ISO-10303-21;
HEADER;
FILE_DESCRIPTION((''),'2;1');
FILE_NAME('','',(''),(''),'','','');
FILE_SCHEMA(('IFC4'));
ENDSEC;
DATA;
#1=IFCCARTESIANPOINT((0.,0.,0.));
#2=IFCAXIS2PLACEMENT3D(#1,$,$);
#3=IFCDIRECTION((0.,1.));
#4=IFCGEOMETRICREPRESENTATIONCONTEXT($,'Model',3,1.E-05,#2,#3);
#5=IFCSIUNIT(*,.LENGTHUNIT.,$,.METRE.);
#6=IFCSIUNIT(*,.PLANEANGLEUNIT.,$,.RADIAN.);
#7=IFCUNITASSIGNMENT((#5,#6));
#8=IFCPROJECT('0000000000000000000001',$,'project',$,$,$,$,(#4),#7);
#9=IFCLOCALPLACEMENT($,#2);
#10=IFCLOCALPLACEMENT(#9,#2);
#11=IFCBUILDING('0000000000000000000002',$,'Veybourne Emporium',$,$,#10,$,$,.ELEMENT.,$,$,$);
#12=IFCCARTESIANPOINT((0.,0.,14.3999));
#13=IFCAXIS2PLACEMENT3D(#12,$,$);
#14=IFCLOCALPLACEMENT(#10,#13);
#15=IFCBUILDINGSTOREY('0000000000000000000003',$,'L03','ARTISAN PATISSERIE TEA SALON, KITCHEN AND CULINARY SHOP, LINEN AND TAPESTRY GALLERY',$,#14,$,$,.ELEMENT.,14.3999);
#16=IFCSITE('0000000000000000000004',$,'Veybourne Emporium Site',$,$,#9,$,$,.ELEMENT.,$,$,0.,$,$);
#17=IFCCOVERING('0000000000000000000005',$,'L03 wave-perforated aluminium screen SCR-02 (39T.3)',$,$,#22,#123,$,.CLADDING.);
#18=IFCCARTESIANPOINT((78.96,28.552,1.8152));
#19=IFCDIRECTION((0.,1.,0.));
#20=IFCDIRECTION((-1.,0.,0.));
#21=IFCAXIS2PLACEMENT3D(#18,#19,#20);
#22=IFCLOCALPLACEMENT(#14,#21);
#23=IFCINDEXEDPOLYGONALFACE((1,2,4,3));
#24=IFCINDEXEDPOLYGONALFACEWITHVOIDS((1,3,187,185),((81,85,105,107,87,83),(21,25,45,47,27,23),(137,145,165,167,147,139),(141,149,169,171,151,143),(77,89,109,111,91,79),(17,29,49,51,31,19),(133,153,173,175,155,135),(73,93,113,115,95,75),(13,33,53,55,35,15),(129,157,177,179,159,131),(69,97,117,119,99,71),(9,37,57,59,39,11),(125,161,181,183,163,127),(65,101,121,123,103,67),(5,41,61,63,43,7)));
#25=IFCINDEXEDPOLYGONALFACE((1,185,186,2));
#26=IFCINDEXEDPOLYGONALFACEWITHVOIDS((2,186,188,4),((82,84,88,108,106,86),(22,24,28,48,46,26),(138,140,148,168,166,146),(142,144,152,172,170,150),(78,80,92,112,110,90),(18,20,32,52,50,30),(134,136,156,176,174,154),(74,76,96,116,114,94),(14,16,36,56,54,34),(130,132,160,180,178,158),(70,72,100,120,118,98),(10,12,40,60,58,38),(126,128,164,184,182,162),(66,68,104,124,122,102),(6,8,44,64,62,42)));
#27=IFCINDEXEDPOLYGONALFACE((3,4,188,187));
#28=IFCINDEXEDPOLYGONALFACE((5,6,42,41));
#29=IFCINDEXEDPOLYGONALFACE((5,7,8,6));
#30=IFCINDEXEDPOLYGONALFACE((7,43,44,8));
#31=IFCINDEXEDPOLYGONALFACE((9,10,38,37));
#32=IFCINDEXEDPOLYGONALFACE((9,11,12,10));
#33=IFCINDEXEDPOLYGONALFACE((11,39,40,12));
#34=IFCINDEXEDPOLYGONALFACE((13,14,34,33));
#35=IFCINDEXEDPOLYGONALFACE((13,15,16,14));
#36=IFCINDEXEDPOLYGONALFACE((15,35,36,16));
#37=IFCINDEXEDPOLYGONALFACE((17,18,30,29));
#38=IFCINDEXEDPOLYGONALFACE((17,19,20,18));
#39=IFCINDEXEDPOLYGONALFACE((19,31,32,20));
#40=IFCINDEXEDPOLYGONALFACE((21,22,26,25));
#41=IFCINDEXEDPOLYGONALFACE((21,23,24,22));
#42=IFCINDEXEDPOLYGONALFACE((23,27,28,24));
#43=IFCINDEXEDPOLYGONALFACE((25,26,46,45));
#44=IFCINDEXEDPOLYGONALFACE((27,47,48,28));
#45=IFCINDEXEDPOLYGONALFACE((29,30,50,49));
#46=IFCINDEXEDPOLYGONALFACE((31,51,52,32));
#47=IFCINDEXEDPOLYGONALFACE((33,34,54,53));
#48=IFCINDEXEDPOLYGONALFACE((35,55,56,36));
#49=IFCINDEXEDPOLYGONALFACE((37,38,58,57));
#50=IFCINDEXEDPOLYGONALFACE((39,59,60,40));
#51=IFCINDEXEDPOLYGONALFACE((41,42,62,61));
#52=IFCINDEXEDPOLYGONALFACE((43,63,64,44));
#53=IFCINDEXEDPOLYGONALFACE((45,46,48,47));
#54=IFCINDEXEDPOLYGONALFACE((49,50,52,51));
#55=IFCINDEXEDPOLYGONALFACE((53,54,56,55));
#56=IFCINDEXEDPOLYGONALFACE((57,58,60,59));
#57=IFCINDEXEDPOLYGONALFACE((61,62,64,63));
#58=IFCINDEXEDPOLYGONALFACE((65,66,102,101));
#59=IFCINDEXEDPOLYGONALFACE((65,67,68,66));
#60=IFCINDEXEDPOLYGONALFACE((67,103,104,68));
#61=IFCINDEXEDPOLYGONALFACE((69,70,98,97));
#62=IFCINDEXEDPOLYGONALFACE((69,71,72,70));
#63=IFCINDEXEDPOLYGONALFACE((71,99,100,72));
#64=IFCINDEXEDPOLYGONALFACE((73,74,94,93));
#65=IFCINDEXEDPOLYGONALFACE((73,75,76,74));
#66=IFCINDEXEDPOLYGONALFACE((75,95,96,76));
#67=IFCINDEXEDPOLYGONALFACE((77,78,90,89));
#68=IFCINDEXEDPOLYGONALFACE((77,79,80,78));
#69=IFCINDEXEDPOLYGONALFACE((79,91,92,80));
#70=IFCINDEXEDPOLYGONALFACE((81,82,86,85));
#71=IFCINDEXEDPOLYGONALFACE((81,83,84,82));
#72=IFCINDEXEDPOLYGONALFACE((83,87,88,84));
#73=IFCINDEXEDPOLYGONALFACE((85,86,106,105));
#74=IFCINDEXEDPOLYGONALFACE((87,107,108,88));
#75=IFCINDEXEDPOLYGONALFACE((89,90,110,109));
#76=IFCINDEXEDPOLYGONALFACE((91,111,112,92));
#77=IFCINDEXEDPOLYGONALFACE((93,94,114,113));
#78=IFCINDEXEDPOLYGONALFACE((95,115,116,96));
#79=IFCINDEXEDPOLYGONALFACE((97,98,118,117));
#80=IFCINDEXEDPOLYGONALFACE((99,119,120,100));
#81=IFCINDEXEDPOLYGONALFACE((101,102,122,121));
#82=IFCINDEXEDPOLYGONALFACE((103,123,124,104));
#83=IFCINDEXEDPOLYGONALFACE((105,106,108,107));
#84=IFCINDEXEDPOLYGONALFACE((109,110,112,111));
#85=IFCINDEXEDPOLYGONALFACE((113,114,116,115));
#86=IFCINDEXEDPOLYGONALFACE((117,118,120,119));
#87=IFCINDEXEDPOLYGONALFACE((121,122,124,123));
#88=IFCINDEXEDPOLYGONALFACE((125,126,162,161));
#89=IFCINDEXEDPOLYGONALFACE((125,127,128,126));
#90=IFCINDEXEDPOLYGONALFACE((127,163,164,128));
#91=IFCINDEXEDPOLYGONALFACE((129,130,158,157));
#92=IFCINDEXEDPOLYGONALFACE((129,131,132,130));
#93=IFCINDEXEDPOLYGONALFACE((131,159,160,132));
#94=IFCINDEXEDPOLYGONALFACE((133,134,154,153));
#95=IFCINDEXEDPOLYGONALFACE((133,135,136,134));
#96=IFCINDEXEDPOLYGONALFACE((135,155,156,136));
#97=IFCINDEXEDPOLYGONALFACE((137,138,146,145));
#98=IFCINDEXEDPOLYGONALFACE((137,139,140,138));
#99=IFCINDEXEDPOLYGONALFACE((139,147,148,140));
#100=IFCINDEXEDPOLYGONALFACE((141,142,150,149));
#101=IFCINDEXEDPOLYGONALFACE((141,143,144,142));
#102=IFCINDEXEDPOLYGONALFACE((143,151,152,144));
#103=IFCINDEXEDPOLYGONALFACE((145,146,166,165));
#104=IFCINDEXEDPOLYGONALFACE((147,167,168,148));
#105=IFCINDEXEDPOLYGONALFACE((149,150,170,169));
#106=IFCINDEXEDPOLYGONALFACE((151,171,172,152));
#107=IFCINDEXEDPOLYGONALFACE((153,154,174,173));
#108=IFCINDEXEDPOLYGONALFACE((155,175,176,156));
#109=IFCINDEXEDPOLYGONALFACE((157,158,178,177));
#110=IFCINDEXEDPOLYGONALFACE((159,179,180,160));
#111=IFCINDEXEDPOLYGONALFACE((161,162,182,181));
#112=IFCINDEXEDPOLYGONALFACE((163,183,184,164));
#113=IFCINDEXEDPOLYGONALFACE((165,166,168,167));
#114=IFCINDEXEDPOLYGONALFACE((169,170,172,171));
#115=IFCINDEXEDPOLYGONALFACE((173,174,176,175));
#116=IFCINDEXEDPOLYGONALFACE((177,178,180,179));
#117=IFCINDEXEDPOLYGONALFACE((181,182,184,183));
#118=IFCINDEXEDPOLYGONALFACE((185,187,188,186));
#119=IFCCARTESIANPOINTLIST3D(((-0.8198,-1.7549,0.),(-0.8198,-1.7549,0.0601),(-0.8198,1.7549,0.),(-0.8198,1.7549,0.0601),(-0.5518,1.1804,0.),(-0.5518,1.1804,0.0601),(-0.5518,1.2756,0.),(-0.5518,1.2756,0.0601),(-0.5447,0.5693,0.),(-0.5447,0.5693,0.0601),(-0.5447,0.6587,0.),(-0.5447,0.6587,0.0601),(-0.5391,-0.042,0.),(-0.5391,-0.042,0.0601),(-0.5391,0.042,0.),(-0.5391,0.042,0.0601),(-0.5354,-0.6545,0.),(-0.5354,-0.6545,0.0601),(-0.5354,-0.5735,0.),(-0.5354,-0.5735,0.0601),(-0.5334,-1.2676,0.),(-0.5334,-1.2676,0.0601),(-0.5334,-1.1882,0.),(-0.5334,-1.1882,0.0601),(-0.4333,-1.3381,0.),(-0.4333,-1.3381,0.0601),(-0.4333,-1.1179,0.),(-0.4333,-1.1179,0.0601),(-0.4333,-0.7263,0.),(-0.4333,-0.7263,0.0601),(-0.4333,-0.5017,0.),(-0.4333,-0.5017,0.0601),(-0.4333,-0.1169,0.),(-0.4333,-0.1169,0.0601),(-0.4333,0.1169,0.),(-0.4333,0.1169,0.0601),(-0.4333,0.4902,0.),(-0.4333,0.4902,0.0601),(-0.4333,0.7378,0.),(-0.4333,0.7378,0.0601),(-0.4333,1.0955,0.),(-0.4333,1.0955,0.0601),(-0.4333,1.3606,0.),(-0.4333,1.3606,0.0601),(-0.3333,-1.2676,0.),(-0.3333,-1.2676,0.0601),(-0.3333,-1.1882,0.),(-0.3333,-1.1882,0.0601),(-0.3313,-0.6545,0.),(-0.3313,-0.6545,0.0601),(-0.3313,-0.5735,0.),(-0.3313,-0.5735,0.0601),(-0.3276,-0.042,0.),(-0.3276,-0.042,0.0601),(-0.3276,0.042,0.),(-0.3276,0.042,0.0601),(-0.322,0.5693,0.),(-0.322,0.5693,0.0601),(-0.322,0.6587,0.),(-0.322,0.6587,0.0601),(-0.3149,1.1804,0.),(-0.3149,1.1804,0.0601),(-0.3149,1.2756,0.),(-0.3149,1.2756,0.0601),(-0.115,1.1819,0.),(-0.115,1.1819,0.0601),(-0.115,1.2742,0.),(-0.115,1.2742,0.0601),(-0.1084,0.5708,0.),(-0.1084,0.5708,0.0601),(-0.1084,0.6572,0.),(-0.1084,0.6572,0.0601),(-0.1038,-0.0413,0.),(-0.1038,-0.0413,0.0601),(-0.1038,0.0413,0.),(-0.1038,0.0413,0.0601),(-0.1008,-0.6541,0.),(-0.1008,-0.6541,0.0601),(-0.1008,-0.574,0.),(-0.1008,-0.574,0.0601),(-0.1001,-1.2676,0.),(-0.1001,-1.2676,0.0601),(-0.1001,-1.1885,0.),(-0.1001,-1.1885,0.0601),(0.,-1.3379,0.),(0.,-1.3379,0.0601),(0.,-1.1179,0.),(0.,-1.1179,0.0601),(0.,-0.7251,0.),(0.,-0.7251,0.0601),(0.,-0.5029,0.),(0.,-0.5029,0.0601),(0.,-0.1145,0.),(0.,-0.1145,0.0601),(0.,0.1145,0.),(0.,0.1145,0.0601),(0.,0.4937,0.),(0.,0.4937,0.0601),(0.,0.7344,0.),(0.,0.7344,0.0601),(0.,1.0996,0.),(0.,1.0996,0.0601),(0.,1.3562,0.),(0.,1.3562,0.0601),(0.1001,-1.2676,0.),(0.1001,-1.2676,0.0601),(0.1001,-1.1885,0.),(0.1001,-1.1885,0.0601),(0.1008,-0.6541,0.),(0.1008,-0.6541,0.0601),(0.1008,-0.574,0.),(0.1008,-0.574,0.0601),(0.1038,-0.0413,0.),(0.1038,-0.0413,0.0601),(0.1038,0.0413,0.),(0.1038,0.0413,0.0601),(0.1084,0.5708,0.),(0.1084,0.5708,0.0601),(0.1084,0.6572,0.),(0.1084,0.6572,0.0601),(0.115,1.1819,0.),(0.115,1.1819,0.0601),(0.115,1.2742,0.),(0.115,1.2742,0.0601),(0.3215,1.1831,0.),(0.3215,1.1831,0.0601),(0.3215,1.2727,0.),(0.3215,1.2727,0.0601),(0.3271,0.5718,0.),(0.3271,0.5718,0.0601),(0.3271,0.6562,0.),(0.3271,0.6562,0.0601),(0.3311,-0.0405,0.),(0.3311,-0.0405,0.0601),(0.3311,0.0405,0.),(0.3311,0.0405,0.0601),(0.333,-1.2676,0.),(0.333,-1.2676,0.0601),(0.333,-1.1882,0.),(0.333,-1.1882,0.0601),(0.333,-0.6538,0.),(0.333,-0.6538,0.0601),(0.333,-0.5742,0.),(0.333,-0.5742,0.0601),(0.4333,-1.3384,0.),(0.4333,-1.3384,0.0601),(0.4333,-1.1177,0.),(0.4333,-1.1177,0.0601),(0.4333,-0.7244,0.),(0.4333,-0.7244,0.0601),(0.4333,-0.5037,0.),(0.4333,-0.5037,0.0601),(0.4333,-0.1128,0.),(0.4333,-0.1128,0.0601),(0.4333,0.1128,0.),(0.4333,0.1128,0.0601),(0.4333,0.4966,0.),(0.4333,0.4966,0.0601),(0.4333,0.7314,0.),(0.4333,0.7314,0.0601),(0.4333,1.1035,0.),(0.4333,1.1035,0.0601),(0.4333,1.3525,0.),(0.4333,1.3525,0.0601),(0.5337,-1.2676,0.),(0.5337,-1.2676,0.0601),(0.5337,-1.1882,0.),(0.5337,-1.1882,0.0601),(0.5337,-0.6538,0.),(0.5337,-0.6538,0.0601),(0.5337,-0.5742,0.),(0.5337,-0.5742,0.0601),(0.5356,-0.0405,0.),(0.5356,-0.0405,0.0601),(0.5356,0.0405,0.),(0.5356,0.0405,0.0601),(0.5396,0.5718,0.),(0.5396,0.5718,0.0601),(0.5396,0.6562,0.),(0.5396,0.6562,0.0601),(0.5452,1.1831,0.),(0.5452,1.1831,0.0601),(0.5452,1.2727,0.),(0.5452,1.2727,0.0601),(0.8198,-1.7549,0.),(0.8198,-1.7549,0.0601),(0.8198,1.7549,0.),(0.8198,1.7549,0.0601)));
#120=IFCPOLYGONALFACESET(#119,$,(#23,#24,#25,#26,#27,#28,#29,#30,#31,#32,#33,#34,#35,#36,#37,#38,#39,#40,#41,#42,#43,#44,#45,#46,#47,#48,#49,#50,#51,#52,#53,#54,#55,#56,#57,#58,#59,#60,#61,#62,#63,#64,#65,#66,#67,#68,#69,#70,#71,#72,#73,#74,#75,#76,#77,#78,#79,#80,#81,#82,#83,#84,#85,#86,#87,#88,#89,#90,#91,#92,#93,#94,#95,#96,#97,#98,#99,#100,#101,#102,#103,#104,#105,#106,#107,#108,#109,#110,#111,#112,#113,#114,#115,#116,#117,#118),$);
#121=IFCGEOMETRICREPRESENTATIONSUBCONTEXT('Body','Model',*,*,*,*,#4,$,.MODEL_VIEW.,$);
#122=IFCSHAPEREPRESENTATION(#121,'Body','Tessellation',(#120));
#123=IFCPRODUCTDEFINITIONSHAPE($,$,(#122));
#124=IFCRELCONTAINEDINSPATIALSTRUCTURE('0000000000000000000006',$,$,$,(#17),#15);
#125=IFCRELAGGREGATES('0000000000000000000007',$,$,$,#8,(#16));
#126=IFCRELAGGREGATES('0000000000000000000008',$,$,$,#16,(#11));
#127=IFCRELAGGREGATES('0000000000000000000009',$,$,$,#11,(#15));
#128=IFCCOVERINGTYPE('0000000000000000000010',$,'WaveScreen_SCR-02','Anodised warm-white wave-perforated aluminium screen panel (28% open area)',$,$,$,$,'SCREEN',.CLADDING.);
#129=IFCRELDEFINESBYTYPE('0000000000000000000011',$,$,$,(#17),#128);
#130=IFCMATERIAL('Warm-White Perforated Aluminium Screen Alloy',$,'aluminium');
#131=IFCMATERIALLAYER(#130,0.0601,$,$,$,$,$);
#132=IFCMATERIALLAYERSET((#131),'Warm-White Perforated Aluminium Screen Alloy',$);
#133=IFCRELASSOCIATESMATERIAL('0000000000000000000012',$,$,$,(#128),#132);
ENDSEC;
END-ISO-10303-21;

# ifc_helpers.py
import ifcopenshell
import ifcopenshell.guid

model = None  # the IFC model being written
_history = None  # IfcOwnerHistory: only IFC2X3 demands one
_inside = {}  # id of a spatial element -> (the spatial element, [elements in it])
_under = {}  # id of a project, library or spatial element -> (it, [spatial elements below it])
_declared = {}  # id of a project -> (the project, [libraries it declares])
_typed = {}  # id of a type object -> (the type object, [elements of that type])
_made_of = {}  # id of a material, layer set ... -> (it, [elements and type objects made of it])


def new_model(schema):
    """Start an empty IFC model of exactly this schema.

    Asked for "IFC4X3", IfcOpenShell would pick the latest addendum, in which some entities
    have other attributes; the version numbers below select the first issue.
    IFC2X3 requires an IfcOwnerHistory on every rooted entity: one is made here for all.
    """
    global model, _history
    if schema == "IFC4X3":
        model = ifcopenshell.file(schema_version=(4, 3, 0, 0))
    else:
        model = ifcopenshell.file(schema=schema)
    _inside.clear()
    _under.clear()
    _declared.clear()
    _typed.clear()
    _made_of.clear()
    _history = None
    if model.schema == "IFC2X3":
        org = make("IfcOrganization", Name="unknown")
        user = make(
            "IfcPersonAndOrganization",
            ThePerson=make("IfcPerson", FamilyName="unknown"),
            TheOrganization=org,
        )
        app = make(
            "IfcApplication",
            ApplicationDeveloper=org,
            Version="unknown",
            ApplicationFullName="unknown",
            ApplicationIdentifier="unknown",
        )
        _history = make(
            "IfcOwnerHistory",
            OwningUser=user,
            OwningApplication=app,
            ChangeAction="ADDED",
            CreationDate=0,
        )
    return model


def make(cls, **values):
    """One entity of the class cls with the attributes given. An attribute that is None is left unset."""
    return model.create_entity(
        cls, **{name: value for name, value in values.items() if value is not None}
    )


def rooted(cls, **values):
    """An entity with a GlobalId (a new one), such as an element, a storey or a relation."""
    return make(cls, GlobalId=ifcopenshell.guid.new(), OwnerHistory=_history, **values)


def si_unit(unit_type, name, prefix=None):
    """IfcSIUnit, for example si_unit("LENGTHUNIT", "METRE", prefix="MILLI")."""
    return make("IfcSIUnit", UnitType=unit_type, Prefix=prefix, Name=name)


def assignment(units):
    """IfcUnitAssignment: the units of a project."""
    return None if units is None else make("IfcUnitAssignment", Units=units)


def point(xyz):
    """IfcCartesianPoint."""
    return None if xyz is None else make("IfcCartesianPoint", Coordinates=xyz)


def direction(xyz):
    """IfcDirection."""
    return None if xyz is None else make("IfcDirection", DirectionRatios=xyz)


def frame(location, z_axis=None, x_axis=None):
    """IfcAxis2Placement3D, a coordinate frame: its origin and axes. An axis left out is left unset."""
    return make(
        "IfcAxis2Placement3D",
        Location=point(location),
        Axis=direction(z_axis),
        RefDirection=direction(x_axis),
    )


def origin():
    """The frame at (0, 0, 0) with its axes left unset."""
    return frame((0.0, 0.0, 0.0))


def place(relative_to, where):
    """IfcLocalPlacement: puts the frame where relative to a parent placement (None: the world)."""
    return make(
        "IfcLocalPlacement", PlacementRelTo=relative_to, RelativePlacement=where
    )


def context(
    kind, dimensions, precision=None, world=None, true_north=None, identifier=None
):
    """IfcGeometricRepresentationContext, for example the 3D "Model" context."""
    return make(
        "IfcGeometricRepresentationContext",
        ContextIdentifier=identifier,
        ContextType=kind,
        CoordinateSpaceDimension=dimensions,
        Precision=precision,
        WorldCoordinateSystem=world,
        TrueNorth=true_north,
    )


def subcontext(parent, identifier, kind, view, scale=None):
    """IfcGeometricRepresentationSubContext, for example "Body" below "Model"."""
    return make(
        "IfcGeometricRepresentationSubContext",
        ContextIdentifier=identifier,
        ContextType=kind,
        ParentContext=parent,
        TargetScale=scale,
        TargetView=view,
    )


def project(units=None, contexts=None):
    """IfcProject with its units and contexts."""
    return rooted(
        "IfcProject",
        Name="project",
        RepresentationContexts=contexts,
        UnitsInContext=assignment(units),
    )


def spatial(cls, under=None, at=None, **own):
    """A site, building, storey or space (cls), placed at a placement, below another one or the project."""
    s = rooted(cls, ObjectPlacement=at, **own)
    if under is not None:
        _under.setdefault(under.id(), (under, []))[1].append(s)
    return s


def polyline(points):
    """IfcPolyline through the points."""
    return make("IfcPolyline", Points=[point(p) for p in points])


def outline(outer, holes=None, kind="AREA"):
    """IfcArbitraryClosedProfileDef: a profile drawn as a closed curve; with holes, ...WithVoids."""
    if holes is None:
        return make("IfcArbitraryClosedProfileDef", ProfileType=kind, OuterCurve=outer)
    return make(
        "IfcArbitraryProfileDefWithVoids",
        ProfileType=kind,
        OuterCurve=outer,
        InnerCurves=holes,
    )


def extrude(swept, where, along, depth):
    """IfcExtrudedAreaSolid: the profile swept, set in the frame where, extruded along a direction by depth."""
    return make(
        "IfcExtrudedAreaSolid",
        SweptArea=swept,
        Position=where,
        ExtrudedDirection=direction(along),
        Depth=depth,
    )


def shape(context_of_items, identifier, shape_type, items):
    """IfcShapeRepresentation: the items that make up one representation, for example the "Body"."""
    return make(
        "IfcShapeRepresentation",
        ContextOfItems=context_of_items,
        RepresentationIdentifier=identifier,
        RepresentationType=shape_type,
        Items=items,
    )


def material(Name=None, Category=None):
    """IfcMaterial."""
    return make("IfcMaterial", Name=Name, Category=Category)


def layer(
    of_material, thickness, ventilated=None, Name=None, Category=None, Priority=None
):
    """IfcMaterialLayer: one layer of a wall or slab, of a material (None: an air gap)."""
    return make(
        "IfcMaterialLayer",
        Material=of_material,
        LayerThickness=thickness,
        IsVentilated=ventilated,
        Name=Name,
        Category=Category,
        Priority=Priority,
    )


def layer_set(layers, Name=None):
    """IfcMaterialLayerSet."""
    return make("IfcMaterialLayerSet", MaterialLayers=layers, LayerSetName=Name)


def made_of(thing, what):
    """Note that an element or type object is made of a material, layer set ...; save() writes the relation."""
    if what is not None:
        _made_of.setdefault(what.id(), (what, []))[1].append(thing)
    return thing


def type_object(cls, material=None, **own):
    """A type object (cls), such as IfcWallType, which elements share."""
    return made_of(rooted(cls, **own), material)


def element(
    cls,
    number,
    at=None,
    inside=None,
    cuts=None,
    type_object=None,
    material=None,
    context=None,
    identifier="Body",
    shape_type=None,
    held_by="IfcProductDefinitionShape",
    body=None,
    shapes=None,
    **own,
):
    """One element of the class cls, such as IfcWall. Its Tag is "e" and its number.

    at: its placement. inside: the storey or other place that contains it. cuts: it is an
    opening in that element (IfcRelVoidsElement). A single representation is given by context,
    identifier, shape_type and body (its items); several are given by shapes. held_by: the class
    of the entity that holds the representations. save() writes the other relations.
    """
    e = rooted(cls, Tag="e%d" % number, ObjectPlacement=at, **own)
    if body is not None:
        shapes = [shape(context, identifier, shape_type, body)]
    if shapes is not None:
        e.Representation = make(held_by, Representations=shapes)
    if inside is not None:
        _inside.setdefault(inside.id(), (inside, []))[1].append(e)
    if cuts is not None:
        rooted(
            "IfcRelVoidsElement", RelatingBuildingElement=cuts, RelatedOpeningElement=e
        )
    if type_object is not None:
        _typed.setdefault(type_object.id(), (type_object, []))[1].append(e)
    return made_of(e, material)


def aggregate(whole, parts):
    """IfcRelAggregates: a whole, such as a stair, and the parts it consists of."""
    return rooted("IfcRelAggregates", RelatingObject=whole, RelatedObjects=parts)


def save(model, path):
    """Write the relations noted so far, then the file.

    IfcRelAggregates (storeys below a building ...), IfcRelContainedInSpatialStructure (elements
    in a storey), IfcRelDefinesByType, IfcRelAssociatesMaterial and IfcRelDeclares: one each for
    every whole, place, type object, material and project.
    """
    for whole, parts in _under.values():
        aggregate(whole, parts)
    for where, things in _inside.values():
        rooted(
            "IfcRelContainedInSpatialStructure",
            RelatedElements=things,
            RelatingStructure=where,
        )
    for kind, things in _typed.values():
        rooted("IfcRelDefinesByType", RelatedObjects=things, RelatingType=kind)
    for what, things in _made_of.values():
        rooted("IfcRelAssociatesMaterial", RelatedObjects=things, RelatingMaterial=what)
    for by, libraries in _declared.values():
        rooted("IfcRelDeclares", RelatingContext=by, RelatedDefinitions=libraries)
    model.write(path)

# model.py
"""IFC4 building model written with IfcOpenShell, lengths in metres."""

from ifc_helpers import new_model, si_unit, direction, frame, origin, place, context, subcontext, project, spatial, polyline, outline, extrude, material, layer, layer_set, type_object, element, save


model = new_model("IFC4")

# Units and contexts
model_context = context("Model", 3, precision=1e-05, world=origin(), true_north=direction((0.0, 1.0)))
body_context = subcontext(model_context, "Body", "Model", "MODEL_VIEW")
ifc_project = project(units=[si_unit("LENGTHUNIT", "METRE"), si_unit("PLANEANGLEUNIT", "RADIAN")], contexts=[model_context])

# Site, building, storey
site_placement = place(None, origin())
site = spatial("IfcSite", under=ifc_project, at=site_placement, Name="Veybourne Emporium Site", CompositionType="ELEMENT", RefElevation=0.0)
building_placement = place(site_placement, origin())
building = spatial("IfcBuilding", under=site, at=building_placement, Name="Veybourne Emporium", CompositionType="ELEMENT")
storey_placement = place(building_placement, frame((0.0, 0.0, 14.3999)))
storey = spatial("IfcBuildingStorey", under=building, at=storey_placement, Name="L03", Description="ARTISAN PATISSERIE TEA SALON, KITCHEN AND CULINARY SHOP, LINEN AND TAPESTRY GALLERY", CompositionType="ELEMENT", Elevation=14.3999)

# Covering
ifc_material_1 = material(Name="Warm-White Perforated Aluminium Screen Alloy", Category="aluminium")
ifc_layer_1 = layer(ifc_material_1, 0.0601)
ifc_layer_set_1 = layer_set([ifc_layer_1], Name="Warm-White Perforated Aluminium Screen Alloy")
covering_type_1 = type_object("IfcCoveringType", Name="WaveScreen_SCR-02", Description="Anodised warm-white wave-perforated aluminium screen panel (28% open area)", ElementType="SCREEN", PredefinedType="CLADDING", material=ifc_layer_set_1)
covering_1_placement = place(storey_placement, frame((78.96, 28.552, 1.8152), z_axis=(0.0, 1.0, 0.0), x_axis=(-1.0, 0.0, 0.0)))
element("IfcCovering", 1, at=covering_1_placement, inside=storey, type_object=covering_type_1, Name="L03 wave-perforated aluminium screen SCR-02 (39T.3)", PredefinedType="CLADDING", context=body_context, shape_type="SweptSolid", body=[
    extrude(outline(polyline([(-0.8198, -1.7549), (0.8198, -1.7549), (0.8198, 1.7549), (-0.8198, 1.7549), (-0.8198, -1.7549)]), holes=[polyline([(-0.4333, -1.1179), (-0.3333, -1.1882), (-0.3333, -1.2676), (-0.4333, -1.3381), (-0.5334, -1.2676), (-0.5334, -1.1882), (-0.4333, -1.1179)]), polyline([(-0.4333, -0.5017), (-0.3313, -0.5735), (-0.3313, -0.6545), (-0.4333, -0.7263), (-0.5354, -0.6545), (-0.5354, -0.5735), (-0.4333, -0.5017)]), polyline([(-0.4333, 0.1169), (-0.3276, 0.042), (-0.3276, -0.042), (-0.4333, -0.1169), (-0.5391, -0.042), (-0.5391, 0.042), (-0.4333, 0.1169)]), polyline([(-0.4333, 0.7378), (-0.322, 0.6587), (-0.322, 0.5693), (-0.4333, 0.4902), (-0.5447, 0.5693), (-0.5447, 0.6587), (-0.4333, 0.7378)]), polyline([(-0.4333, 1.3606), (-0.3149, 1.2756), (-0.3149, 1.1804), (-0.4333, 1.0955), (-0.5518, 1.1804), (-0.5518, 1.2756), (-0.4333, 1.3606)]), polyline([(0.0, -1.1179), (0.1001, -1.1885), (0.1001, -1.2676), (0.0, -1.3379), (-0.1001, -1.2676), (-0.1001, -1.1885), (0.0, -1.1179)]), polyline([(0.0, -0.5029), (0.1008, -0.574), (0.1008, -0.6541), (0.0, -0.7251), (-0.1008, -0.6541), (-0.1008, -0.574), (0.0, -0.5029)]), polyline([(0.0, 0.1145), (0.1038, 0.0413), (0.1038, -0.0413), (0.0, -0.1145), (-0.1038, -0.0413), (-0.1038, 0.0413), (0.0, 0.1145)]), polyline([(0.0, 0.7344), (0.1084, 0.6572), (0.1084, 0.5708), (0.0, 0.4937), (-0.1084, 0.5708), (-0.1084, 0.6572), (0.0, 0.7344)]), polyline([(0.0, 1.3562), (0.115, 1.2742), (0.115, 1.1819), (0.0, 1.0996), (-0.115, 1.1819), (-0.115, 1.2742), (0.0, 1.3562)]), polyline([(0.4333, -1.1177), (0.5337, -1.1882), (0.5337, -1.2676), (0.4333, -1.3384), (0.333, -1.2676), (0.333, -1.1882), (0.4333, -1.1177)]), polyline([(0.4333, -0.5037), (0.5337, -0.5742), (0.5337, -0.6538), (0.4333, -0.7244), (0.333, -0.6538), (0.333, -0.5742), (0.4333, -0.5037)]), polyline([(0.4333, 0.1128), (0.5356, 0.0405), (0.5356, -0.0405), (0.4333, -0.1128), (0.3311, -0.0405), (0.3311, 0.0405), (0.4333, 0.1128)]), polyline([(0.4333, 0.7314), (0.5396, 0.6562), (0.5396, 0.5718), (0.4333, 0.4966), (0.3271, 0.5718), (0.3271, 0.6562), (0.4333, 0.7314)]), polyline([(0.4333, 1.3525), (0.5452, 1.2727), (0.5452, 1.1831), (0.4333, 1.1035), (0.3215, 1.1831), (0.3215, 1.2727), (0.4333, 1.3525)])]), origin(), (0.0, 0.0, 1.0), 0.0601),
])

save(model, "model.ifc")
